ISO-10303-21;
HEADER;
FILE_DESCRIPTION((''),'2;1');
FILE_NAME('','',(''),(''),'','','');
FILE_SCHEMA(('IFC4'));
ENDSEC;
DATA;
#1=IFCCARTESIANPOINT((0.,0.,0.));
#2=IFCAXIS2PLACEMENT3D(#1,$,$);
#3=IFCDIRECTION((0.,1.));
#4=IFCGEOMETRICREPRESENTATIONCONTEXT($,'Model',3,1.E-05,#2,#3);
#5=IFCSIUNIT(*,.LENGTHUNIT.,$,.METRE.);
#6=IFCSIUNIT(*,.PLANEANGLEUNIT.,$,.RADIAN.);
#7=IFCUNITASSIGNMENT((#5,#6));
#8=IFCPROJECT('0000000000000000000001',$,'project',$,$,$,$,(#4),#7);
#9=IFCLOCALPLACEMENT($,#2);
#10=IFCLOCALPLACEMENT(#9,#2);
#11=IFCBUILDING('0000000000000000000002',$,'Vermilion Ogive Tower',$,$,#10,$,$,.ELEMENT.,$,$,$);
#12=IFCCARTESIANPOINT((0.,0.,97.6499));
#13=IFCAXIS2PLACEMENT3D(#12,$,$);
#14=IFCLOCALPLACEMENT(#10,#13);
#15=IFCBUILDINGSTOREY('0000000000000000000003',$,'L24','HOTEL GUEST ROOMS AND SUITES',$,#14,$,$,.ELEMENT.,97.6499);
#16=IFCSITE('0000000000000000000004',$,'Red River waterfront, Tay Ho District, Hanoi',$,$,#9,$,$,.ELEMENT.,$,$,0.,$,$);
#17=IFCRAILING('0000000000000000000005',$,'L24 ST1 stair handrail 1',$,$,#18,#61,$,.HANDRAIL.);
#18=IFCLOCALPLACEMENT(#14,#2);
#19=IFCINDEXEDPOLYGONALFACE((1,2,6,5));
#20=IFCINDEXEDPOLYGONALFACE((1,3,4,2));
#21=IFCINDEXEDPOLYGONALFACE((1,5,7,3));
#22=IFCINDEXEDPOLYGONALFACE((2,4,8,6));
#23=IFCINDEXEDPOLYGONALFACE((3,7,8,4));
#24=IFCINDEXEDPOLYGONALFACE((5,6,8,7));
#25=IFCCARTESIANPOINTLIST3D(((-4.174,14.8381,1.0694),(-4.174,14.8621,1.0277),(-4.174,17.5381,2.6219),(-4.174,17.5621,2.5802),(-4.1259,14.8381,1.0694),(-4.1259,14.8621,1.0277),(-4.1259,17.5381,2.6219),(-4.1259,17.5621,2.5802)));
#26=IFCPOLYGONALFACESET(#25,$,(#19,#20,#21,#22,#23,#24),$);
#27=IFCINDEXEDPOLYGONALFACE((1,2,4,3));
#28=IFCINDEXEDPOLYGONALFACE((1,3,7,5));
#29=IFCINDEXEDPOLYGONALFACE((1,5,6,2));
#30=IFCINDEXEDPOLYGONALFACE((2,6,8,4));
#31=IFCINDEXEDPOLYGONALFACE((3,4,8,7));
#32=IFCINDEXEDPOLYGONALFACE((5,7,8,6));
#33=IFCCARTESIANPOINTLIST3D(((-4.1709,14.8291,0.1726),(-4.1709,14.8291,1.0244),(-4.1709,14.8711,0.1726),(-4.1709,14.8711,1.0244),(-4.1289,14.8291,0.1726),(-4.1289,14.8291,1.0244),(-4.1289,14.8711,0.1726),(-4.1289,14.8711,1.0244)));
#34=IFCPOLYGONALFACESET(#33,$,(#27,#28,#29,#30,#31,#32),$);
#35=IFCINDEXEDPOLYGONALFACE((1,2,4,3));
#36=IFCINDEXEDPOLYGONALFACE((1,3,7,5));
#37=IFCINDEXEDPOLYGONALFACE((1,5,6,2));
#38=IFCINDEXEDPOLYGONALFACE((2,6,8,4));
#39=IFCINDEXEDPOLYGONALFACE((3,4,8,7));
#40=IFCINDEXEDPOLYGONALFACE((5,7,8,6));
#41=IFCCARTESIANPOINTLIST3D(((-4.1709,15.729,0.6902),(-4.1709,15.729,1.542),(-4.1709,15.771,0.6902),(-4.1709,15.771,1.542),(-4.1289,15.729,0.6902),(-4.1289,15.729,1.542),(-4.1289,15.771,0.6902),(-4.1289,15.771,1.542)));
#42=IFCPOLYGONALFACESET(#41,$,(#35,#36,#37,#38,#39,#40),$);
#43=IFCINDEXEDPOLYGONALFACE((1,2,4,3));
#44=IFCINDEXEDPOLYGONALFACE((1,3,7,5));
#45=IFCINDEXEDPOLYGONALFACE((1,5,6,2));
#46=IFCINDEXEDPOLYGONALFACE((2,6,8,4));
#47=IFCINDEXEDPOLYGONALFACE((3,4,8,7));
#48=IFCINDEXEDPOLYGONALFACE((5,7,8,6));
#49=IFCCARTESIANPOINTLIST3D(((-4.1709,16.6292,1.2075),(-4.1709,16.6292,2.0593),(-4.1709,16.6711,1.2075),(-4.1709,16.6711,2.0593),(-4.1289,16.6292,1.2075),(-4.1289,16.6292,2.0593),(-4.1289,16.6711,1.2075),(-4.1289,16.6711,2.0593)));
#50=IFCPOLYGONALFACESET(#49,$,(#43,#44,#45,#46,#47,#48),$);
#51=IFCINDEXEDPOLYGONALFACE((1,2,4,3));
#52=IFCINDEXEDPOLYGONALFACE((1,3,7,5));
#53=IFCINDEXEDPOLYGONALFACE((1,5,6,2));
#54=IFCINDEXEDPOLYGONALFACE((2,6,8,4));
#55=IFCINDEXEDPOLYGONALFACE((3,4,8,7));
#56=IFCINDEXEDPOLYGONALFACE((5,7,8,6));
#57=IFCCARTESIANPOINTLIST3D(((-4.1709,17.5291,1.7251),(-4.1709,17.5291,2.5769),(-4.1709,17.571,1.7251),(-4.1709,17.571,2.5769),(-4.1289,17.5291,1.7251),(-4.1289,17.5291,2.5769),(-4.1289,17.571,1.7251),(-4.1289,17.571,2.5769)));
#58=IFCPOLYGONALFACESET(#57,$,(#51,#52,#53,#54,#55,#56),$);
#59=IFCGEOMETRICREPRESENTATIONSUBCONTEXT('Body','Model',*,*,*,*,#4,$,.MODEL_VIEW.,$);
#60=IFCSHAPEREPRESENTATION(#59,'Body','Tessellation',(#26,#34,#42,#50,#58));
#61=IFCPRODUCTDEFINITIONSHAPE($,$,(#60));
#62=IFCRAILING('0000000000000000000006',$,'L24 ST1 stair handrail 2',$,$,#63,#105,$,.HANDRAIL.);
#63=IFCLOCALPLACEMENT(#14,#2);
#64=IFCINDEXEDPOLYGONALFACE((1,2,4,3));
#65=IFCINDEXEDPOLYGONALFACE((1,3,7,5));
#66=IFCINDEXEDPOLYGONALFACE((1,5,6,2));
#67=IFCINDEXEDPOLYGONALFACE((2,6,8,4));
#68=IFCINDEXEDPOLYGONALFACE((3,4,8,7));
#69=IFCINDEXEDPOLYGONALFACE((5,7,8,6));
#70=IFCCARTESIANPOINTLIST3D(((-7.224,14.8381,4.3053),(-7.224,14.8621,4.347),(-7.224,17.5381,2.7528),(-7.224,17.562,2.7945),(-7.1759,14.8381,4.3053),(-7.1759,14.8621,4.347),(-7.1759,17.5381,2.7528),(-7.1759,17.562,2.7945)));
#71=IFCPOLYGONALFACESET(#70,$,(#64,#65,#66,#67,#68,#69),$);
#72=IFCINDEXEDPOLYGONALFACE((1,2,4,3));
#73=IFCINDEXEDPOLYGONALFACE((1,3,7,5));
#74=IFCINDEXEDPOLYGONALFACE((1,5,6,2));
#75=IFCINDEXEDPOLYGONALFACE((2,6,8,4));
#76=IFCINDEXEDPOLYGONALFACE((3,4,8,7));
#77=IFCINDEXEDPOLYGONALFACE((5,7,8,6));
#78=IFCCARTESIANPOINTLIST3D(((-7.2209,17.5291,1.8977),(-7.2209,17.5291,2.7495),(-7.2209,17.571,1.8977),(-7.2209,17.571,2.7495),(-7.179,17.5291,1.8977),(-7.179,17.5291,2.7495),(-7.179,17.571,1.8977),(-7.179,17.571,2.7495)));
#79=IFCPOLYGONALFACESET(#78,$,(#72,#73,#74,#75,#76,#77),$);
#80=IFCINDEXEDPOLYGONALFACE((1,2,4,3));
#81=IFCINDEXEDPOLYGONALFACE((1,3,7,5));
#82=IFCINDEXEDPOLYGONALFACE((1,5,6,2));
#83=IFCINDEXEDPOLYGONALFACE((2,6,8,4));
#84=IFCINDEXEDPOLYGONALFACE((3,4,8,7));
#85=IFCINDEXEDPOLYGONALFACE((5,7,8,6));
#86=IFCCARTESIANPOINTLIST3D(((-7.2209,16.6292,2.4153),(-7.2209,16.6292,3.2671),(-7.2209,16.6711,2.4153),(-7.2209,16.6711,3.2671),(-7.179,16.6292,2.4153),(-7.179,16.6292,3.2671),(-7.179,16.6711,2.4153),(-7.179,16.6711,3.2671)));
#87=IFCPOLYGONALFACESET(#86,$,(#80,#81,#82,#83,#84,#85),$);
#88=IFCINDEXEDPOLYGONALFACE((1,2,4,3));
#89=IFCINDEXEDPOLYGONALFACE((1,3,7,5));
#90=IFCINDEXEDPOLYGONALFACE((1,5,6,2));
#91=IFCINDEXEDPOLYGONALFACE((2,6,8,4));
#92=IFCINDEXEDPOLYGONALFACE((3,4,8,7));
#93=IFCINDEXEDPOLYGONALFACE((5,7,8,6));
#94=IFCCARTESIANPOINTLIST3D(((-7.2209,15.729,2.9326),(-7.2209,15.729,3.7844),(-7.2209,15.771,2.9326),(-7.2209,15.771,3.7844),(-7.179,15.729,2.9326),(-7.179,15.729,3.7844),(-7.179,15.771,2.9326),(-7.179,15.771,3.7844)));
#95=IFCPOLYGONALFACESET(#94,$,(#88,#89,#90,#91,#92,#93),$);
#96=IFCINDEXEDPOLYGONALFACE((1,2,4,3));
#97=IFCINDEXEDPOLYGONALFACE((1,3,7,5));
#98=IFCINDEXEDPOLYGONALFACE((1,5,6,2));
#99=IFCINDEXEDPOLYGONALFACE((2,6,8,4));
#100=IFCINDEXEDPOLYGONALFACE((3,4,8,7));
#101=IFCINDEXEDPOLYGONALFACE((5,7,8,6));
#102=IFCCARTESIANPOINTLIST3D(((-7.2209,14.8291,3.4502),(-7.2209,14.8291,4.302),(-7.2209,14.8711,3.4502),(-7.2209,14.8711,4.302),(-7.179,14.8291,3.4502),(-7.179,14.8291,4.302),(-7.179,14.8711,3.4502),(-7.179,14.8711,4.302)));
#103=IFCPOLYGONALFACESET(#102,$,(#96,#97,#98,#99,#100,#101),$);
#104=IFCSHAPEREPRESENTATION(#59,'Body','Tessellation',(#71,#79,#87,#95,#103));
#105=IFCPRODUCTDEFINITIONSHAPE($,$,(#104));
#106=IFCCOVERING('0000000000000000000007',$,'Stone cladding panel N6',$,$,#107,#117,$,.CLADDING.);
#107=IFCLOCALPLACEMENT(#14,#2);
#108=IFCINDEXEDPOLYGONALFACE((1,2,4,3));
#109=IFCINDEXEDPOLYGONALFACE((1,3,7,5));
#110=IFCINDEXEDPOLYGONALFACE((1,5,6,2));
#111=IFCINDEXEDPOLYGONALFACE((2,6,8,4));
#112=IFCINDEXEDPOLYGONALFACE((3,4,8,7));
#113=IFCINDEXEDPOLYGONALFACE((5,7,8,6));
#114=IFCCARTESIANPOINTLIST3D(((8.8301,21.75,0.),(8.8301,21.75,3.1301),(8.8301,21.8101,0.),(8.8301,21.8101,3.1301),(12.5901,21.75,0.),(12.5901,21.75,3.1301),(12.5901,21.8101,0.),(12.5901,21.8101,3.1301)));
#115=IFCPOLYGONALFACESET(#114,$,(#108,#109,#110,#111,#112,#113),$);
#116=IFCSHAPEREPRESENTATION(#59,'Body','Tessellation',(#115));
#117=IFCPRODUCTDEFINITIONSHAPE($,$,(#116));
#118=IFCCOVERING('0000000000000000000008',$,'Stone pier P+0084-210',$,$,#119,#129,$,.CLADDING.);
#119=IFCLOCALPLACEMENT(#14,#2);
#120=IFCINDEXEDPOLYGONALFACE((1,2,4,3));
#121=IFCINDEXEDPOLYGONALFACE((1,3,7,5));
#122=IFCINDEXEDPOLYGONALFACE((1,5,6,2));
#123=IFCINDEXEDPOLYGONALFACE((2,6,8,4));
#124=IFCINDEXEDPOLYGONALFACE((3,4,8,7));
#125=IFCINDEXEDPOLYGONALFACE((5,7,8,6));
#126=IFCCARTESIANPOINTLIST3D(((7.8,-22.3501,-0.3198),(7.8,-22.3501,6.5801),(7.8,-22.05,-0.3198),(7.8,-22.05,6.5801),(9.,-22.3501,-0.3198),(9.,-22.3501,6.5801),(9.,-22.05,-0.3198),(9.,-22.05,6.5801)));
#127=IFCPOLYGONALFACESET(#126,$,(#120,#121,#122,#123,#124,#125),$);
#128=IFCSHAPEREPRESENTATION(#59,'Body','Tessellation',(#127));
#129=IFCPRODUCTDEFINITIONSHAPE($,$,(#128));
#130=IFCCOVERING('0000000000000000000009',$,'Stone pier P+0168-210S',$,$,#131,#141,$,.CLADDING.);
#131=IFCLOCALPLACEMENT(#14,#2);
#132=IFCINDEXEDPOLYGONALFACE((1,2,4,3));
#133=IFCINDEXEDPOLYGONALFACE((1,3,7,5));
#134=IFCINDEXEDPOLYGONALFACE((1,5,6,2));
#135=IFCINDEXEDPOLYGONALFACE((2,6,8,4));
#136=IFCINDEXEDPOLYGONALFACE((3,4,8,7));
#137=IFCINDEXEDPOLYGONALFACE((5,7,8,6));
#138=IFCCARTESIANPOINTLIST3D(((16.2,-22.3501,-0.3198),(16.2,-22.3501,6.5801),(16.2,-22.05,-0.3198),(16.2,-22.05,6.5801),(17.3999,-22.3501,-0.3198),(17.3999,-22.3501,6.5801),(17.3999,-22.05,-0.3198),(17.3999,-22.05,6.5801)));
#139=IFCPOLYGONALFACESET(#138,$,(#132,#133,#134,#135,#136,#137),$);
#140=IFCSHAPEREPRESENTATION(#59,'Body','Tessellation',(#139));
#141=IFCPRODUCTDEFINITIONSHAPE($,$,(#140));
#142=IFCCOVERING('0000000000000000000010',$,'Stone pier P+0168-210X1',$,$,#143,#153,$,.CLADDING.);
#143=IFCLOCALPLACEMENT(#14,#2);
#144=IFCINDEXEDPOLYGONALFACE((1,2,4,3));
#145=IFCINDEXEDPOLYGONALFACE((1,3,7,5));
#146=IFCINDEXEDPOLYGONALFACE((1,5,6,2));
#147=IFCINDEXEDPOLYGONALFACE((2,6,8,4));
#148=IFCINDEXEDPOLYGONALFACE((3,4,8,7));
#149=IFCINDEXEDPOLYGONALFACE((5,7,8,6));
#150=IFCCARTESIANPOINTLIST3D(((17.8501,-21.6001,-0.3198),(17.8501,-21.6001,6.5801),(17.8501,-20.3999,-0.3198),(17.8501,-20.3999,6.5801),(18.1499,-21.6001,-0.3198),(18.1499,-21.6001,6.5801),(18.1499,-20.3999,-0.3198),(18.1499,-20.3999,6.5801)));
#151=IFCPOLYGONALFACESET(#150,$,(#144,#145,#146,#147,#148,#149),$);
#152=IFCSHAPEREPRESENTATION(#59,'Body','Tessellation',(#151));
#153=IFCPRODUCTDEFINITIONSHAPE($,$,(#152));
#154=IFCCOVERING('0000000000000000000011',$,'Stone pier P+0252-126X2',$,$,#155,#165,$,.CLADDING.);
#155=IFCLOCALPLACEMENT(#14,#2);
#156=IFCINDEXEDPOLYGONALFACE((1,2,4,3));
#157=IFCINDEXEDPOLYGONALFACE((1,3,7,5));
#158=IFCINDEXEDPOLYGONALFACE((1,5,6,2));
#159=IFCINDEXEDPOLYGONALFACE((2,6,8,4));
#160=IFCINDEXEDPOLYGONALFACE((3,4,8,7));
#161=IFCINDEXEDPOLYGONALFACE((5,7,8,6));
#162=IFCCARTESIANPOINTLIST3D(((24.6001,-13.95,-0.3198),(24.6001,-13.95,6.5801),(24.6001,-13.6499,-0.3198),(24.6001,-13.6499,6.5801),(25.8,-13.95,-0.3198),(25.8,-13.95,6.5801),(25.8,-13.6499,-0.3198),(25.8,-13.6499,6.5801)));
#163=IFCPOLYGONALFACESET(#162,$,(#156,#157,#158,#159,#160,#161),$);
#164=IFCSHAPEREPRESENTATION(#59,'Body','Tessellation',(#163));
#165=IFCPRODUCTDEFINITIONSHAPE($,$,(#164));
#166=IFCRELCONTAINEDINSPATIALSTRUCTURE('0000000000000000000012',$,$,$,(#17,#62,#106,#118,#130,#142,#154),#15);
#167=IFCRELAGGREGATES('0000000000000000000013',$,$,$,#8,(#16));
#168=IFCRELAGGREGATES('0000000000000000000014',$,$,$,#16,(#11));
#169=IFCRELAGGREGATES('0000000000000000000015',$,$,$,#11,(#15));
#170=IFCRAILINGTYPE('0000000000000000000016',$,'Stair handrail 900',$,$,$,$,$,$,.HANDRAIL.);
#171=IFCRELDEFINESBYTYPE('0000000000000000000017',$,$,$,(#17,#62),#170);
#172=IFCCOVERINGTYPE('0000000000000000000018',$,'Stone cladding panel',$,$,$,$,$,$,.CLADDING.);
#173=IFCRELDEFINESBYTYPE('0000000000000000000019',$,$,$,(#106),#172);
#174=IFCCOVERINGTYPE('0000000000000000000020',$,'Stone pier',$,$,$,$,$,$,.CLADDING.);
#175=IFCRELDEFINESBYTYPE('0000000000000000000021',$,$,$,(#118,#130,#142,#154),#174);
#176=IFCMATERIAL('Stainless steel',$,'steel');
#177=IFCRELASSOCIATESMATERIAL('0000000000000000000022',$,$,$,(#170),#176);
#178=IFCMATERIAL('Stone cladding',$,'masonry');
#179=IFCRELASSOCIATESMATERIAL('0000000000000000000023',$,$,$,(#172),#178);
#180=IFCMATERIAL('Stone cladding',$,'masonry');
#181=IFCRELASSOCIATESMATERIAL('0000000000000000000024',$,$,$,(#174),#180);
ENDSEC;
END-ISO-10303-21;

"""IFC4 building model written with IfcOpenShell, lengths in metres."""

from ifc_helpers import new_model, si_unit, direction, frame, origin, origin_2d, place, context, subcontext, project, spatial, polyline, rectangle, outline, extrude, material, type_object, element, save


model = new_model("IFC4")

# Units and contexts
model_context = context("Model", 3, precision=1e-05, world=origin(), true_north=direction((0.0, 1.0)))
body_context = subcontext(model_context, "Body", "Model", "MODEL_VIEW")
ifc_project = project(units=[si_unit("LENGTHUNIT", "METRE"), si_unit("PLANEANGLEUNIT", "RADIAN")], contexts=[model_context])

# Site, building, storey
site_placement = place(None, origin())
site = spatial("IfcSite", under=ifc_project, at=site_placement, Name="Red River waterfront, Tay Ho District, Hanoi", CompositionType="ELEMENT", RefElevation=0.0)
building_placement = place(site_placement, origin())
building = spatial("IfcBuilding", under=site, at=building_placement, Name="Vermilion Ogive Tower", CompositionType="ELEMENT")
storey_placement = place(building_placement, frame((0.0, 0.0, 97.6499)))
storey = spatial("IfcBuildingStorey", under=building, at=storey_placement, Name="L24", Description="HOTEL GUEST ROOMS AND SUITES", CompositionType="ELEMENT", Elevation=97.6499)

# Railings
ifc_material_1 = material(Name="Stainless steel", Category="steel")
railing_type_1 = type_object("IfcRailingType", Name="Stair handrail 900", PredefinedType="HANDRAIL", material=ifc_material_1)
railing_1_placement = place(storey_placement, frame((-4.1499, 14.8501, 0.1726)))
element("IfcRailing", 1, at=railing_1_placement, inside=storey, type_object=railing_type_1, Name="L24 ST1 stair handrail 1", PredefinedType="HANDRAIL", context=body_context, shape_type="SweptSolid", body=[
    extrude(rectangle(XDim=0.0481, YDim=0.0481, at=origin_2d()), frame((0.0, 0.0, 0.876), z_axis=(0.0, 0.866904, 0.498476), x_axis=(-1.0, 0.0, 0.0)), (0.0, 0.0, 1.0), 3.1145),
    extrude(rectangle(XDim=0.042, YDim=0.042, at=origin_2d()), origin(), (0.0, 0.0, 1.0), 0.8518),
    extrude(rectangle(XDim=0.042, YDim=0.042, at=origin_2d()), frame((0.0, 0.8999, 0.5176)), (0.0, 0.0, 1.0), 0.8518),
    extrude(rectangle(XDim=0.042, YDim=0.042, at=origin_2d()), frame((0.0, 1.8, 1.0349)), (0.0, 0.0, 1.0), 0.8518),
    extrude(rectangle(XDim=0.042, YDim=0.042, at=origin_2d()), frame((0.0, 2.7, 1.5525)), (0.0, 0.0, 1.0), 0.8518),
])
railing_2_placement = place(storey_placement, frame((-7.2, 17.55, 1.8977)))
element("IfcRailing", 2, at=railing_2_placement, inside=storey, type_object=railing_type_1, Name="L24 ST1 stair handrail 2", PredefinedType="HANDRAIL", context=body_context, shape_type="SweptSolid", body=[
    extrude(rectangle(XDim=0.0481, YDim=0.0481, at=origin_2d()), frame((0.0, 0.0, 0.876), z_axis=(0.0, -0.866904, 0.498476), x_axis=(1.0, 0.0, 0.0)), (0.0, 0.0, 1.0), 3.1145),
    extrude(rectangle(XDim=0.042, YDim=0.042, at=origin_2d()), origin(), (0.0, 0.0, 1.0), 0.8518),
    extrude(rectangle(XDim=0.042, YDim=0.042, at=origin_2d()), frame((0.0, -0.8999, 0.5176)), (0.0, 0.0, 1.0), 0.8518),
    extrude(rectangle(XDim=0.042, YDim=0.042, at=origin_2d()), frame((0.0, -1.8, 1.0349)), (0.0, 0.0, 1.0), 0.8518),
    extrude(rectangle(XDim=0.042, YDim=0.042, at=origin_2d()), frame((0.0, -2.7, 1.5525)), (0.0, 0.0, 1.0), 0.8518),
])

# Coverings
ifc_material_2 = material(Name="Stone cladding", Category="masonry")
covering_type_1 = type_object("IfcCoveringType", Name="Stone cladding panel", PredefinedType="CLADDING", material=ifc_material_2)
covering_1_placement = place(storey_placement, origin())
element("IfcCovering", 3, at=covering_1_placement, inside=storey, type_object=covering_type_1, Name="Stone cladding panel N6", PredefinedType="CLADDING", context=body_context, shape_type="SweptSolid", body=[
    extrude(outline(polyline([(8.8301, 21.75), (12.5901, 21.75), (12.5901, 21.8101), (8.8301, 21.8101), (8.8301, 21.75)])), origin(), (0.0, 0.0, 1.0), 3.1301),
])
ifc_material_3 = material(Name="Stone cladding", Category="masonry")
covering_type_2 = type_object("IfcCoveringType", Name="Stone pier", PredefinedType="CLADDING", material=ifc_material_3)
covering_2_placement = place(storey_placement, frame((0.0, 0.0, -0.3198)))
element("IfcCovering", 4, at=covering_2_placement, inside=storey, type_object=covering_type_2, Name="Stone pier P+0084-210", PredefinedType="CLADDING", context=body_context, shape_type="SweptSolid", body=[
    extrude(outline(polyline([(9.0, -22.3501), (7.8, -22.3501), (7.8, -22.05), (9.0, -22.05), (9.0, -22.3501)])), origin(), (0.0, 0.0, 1.0), 6.8999),
])
covering_3_placement = place(storey_placement, frame((0.0, 0.0, -0.3198)))
element("IfcCovering", 5, at=covering_3_placement, inside=storey, type_object=covering_type_2, Name="Stone pier P+0168-210S", PredefinedType="CLADDING", context=body_context, shape_type="SweptSolid", body=[
    extrude(outline(polyline([(17.3999, -22.3501), (16.2, -22.3501), (16.2, -22.05), (17.3999, -22.05), (17.3999, -22.3501)])), origin(), (0.0, 0.0, 1.0), 6.8999),
])
covering_4_placement = place(storey_placement, frame((0.0, 0.0, -0.3198)))
element("IfcCovering", 6, at=covering_4_placement, inside=storey, type_object=covering_type_2, Name="Stone pier P+0168-210X1", PredefinedType="CLADDING", context=body_context, shape_type="SweptSolid", body=[
    extrude(outline(polyline([(18.1499, -21.6001), (17.8501, -21.6001), (17.8501, -20.3999), (18.1499, -20.3999), (18.1499, -21.6001)])), origin(), (0.0, 0.0, 1.0), 6.8999),
])
covering_5_placement = place(storey_placement, frame((0.0, 0.0, -0.3198)))
element("IfcCovering", 7, at=covering_5_placement, inside=storey, type_object=covering_type_2, Name="Stone pier P+0252-126X2", PredefinedType="CLADDING", context=body_context, shape_type="SweptSolid", body=[
    extrude(outline(polyline([(25.8, -13.95), (24.6001, -13.95), (24.6001, -13.6499), (25.8, -13.6499), (25.8, -13.95)])), origin(), (0.0, 0.0, 1.0), 6.8999),
])

save(model, "model.ifc")
